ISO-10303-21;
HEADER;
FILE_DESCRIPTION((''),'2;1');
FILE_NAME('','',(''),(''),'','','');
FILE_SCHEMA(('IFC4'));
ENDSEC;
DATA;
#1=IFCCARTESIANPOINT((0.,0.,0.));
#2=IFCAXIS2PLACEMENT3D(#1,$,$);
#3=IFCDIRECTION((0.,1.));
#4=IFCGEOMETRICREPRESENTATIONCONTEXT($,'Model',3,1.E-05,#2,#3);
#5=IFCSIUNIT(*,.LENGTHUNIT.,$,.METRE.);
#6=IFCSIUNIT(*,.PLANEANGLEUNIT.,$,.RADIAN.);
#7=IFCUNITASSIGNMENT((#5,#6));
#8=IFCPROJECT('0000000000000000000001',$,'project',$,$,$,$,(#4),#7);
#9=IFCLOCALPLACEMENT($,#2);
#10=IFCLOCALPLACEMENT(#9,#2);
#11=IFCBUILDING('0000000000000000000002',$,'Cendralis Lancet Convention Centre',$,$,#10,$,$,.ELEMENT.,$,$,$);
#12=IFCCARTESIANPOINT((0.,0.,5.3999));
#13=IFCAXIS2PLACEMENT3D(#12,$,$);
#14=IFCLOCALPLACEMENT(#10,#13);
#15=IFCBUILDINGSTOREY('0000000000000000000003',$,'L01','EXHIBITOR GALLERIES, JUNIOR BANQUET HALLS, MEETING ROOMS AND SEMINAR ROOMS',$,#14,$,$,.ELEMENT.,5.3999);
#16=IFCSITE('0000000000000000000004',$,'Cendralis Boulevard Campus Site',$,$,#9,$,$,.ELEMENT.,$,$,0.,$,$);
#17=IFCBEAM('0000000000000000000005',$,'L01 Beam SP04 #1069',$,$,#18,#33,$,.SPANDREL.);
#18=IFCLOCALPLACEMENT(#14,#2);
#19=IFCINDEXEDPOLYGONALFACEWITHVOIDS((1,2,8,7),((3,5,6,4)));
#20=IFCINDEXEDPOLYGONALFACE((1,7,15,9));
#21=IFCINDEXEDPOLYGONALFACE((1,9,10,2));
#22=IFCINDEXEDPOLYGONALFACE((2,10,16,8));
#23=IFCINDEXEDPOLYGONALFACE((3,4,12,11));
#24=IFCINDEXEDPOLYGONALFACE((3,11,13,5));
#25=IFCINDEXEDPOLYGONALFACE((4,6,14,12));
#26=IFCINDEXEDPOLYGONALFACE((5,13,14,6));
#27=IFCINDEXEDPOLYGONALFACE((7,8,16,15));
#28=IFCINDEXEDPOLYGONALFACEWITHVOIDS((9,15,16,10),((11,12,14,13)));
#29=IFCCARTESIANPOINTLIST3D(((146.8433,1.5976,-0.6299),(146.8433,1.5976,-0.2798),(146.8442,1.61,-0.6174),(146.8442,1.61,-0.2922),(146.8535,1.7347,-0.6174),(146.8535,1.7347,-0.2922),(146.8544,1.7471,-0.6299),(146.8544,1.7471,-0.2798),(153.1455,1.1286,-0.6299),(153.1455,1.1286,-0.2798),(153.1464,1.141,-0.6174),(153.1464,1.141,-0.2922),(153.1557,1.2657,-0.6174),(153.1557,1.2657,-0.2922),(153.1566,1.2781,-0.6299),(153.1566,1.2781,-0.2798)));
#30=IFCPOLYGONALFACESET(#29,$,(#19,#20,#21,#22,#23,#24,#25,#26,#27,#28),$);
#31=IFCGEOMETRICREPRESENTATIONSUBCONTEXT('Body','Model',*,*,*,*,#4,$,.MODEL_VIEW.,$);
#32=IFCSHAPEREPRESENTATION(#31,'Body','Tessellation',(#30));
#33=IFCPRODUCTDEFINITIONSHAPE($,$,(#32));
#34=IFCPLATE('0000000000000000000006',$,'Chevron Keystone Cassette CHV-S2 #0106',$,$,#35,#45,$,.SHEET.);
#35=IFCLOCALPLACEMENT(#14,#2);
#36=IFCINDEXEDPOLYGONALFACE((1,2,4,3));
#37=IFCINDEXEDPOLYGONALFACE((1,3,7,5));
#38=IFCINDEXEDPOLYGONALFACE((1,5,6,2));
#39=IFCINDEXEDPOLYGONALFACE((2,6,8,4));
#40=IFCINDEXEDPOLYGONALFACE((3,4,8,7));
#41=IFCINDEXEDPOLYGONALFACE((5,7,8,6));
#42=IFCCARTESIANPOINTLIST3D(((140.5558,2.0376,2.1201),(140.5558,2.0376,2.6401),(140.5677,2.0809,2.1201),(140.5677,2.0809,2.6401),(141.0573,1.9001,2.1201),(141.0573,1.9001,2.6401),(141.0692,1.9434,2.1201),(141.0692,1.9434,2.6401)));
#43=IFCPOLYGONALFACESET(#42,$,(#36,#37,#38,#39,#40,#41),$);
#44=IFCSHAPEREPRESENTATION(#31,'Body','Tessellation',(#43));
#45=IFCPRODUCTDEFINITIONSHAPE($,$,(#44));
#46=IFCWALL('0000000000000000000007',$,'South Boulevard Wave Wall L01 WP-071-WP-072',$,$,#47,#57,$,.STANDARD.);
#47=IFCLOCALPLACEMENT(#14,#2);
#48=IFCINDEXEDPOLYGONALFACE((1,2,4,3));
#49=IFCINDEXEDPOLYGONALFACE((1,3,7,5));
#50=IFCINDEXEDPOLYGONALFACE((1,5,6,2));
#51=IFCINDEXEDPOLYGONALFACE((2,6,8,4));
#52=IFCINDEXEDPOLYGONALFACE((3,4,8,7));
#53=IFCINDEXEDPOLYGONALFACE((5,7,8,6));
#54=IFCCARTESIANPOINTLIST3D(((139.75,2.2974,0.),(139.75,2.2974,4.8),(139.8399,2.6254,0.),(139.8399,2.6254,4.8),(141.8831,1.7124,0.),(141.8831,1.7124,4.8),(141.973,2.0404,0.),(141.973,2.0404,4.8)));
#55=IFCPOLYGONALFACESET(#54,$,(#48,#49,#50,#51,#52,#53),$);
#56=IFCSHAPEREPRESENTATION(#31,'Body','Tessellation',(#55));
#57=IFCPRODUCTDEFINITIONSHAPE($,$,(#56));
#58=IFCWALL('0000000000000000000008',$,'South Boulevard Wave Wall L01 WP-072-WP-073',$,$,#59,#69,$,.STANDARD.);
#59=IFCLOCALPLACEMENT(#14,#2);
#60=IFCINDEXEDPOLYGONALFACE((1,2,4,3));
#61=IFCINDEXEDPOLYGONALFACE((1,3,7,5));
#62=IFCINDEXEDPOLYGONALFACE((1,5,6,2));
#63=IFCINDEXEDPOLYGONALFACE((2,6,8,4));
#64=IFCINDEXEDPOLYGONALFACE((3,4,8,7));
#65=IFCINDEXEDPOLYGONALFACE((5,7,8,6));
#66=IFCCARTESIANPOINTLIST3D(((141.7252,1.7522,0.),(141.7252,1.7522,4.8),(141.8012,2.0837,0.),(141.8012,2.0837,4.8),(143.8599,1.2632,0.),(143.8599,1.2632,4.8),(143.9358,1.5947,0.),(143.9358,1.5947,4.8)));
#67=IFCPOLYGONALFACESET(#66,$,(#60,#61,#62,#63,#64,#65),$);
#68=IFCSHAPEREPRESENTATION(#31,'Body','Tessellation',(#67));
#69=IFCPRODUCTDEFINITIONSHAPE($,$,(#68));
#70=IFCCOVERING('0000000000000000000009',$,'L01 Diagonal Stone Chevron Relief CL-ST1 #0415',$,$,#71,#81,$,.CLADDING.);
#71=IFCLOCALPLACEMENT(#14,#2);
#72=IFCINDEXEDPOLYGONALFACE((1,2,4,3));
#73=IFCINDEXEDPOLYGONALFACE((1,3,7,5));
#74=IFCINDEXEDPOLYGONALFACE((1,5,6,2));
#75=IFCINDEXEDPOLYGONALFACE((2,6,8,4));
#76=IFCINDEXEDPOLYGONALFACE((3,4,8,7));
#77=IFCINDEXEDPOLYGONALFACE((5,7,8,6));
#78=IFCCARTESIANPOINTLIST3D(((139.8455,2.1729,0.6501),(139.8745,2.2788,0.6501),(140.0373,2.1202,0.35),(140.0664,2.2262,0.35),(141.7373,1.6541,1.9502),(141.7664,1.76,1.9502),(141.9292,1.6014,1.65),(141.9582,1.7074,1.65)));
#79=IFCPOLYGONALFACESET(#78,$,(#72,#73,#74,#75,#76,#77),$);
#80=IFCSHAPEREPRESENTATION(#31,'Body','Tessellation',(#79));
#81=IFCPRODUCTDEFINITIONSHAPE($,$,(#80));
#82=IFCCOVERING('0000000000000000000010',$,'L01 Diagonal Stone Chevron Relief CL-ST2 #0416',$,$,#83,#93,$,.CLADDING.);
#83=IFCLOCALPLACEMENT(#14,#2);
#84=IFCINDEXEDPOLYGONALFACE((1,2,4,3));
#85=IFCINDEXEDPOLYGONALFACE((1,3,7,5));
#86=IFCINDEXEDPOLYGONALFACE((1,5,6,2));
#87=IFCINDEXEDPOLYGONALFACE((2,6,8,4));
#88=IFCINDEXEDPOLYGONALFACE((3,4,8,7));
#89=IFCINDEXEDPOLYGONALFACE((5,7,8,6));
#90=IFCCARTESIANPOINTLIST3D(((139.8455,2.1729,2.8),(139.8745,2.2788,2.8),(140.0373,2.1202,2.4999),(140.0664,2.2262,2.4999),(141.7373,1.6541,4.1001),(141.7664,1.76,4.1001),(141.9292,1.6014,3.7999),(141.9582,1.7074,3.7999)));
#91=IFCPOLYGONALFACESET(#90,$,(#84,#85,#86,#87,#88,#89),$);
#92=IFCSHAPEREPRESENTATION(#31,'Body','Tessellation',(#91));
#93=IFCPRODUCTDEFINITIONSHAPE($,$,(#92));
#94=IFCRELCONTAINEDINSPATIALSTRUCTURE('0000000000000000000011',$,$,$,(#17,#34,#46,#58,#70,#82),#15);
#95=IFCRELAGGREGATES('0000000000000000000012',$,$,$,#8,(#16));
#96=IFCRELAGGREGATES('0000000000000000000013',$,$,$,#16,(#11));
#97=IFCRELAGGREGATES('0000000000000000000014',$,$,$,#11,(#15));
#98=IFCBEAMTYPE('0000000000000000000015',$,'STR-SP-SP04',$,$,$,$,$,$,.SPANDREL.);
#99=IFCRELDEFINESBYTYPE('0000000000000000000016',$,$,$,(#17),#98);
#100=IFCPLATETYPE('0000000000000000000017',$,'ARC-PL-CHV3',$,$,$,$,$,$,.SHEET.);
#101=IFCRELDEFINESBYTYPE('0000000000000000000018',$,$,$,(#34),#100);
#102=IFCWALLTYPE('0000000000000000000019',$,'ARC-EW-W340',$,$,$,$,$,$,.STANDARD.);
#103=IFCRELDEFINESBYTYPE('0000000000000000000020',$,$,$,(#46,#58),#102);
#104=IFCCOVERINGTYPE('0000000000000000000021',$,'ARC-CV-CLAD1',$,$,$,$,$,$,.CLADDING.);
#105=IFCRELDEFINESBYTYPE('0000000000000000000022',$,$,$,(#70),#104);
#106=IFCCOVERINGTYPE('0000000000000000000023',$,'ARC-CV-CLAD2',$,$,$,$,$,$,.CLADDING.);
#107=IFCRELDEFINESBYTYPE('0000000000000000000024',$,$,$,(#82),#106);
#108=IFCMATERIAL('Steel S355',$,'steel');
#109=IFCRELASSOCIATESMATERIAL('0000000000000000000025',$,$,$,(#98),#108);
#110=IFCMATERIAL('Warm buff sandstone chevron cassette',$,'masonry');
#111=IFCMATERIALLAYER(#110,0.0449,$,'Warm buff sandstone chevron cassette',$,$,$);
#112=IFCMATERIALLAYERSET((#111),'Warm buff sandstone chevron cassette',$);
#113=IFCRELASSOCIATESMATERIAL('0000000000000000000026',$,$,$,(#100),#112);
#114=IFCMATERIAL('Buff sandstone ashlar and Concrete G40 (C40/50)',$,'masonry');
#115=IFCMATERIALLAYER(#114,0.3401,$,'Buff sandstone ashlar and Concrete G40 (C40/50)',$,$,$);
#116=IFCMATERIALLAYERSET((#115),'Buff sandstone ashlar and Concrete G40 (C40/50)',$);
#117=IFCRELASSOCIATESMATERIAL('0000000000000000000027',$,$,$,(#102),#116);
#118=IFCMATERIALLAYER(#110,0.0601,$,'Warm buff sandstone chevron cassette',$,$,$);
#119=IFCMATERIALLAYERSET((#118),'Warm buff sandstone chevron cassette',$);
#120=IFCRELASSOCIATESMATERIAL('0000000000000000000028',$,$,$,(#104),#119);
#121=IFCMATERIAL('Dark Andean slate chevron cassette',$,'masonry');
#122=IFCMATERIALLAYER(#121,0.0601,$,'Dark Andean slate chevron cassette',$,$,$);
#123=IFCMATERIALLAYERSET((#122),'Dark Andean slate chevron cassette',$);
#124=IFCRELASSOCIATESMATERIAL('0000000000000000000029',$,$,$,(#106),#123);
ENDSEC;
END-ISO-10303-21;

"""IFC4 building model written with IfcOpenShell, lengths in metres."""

from ifc_helpers import new_model, si_unit, direction, frame, frame_2d, origin, origin_2d, place, context, subcontext, project, spatial, polyline, rectangle, hollow_rectangle, outline, extrude, material, layer, layer_set, material_profile, profile_set, type_object, element, save


model = new_model("IFC4")

# Units and contexts
model_context = context("Model", 3, precision=1e-05, world=origin(), true_north=direction((0.0, 1.0)))
body_context = subcontext(model_context, "Body", "Model", "MODEL_VIEW")
ifc_project = project(units=[si_unit("LENGTHUNIT", "METRE"), si_unit("PLANEANGLEUNIT", "RADIAN")], contexts=[model_context])

# Site, building, storey
site_placement = place(None, origin())
site = spatial("IfcSite", under=ifc_project, at=site_placement, Name="Cendralis Boulevard Campus Site", CompositionType="ELEMENT", RefElevation=0.0)
building_placement = place(site_placement, origin())
building = spatial("IfcBuilding", under=site, at=building_placement, Name="Cendralis Lancet Convention Centre", CompositionType="ELEMENT")
storey_placement = place(building_placement, frame((0.0, 0.0, 5.3999)))
storey = spatial("IfcBuildingStorey", under=building, at=storey_placement, Name="L01", Description="EXHIBITOR GALLERIES, JUNIOR BANQUET HALLS, MEETING ROOMS AND SEMINAR ROOMS", CompositionType="ELEMENT", Elevation=5.3999)

# Beam
ifc_material_1 = material(Name="Steel S355", Category="steel")
ifc_material_profile_1 = material_profile(ifc_material_1, hollow_rectangle(XDim=0.1499, YDim=0.3501, WallThickness=0.0125, at=origin_2d()), Name="RHS 350x150x12.5")
ifc_profile_set_1 = profile_set([ifc_material_profile_1], Name="Steel S355")
beam_type_1 = type_object("IfcBeamType", Name="STR-SP-SP04", PredefinedType="SPANDREL", material=ifc_profile_set_1)
beam_1_placement = place(storey_placement, frame((146.8489, 1.6724, -0.4548), z_axis=(0.997243, -0.074212, 0.0), x_axis=(0.074212, 0.997243, 0.0)))
element("IfcBeam", 1, at=beam_1_placement, inside=storey, type_object=beam_type_1, Name="L01 Beam SP04 #1069", PredefinedType="SPANDREL", context=body_context, shape_type="SweptSolid", body=[
    extrude(hollow_rectangle(XDim=0.1499, YDim=0.3501, WallThickness=0.0125, at=origin_2d()), origin(), (0.0, 0.0, 1.0), 6.3196),
])

# Plate
ifc_material_2 = material(Name="Warm buff sandstone chevron cassette", Category="masonry")
ifc_layer_1 = layer(ifc_material_2, 0.0449, Name="Warm buff sandstone chevron cassette")
ifc_layer_set_1 = layer_set([ifc_layer_1], Name="Warm buff sandstone chevron cassette")
plate_type = type_object("IfcPlateType", Name="ARC-PL-CHV3", PredefinedType="SHEET", material=ifc_layer_set_1)
plate_placement = place(storey_placement, frame((140.8125, 1.9905, 2.1201), z_axis=(0.0, 0.0, 1.0), x_axis=(0.964391, -0.264479, 0.0)))
element("IfcPlate", 2, at=plate_placement, inside=storey, type_object=plate_type, Name="Chevron Keystone Cassette CHV-S2 #0106", PredefinedType="SHEET", context=body_context, shape_type="SweptSolid", body=[
    extrude(rectangle(XDim=0.52, YDim=0.0449, at=origin_2d()), origin(), (0.0, 0.0, 1.0), 0.52),
])

# Walls
ifc_material_3 = material(Name="Buff sandstone ashlar and Concrete G40 (C40/50)", Category="masonry")
ifc_layer_2 = layer(ifc_material_3, 0.3401, Name="Buff sandstone ashlar and Concrete G40 (C40/50)")
ifc_layer_set_2 = layer_set([ifc_layer_2], Name="Buff sandstone ashlar and Concrete G40 (C40/50)")
wall_type = type_object("IfcWallType", Name="ARC-EW-W340", PredefinedType="STANDARD", material=ifc_layer_set_2)
wall_1_placement = place(storey_placement, frame((139.7949, 2.4614, 0.0), z_axis=(0.0, 0.0, 1.0), x_axis=(0.964394, -0.264471, 0.0)))
element("IfcWall", 3, at=wall_1_placement, inside=storey, type_object=wall_type, Name="South Boulevard Wave Wall L01 WP-071-WP-072", PredefinedType="STANDARD", context=body_context, shape_type="SweptSolid", body=[
    extrude(rectangle(XDim=2.2119, YDim=0.3401, at=frame_2d((1.106, 0.0))), origin(), (0.0, 0.0, 1.0), 4.8),
])
wall_2_placement = place(storey_placement, frame((141.7632, 1.918, 0.0), z_axis=(0.0, 0.0, 1.0), x_axis=(0.974753, -0.223288, 0.0)))
element("IfcWall", 4, at=wall_2_placement, inside=storey, type_object=wall_type, Name="South Boulevard Wave Wall L01 WP-072-WP-073", PredefinedType="STANDARD", context=body_context, shape_type="SweptSolid", body=[
    extrude(rectangle(XDim=2.1899, YDim=0.3401, at=frame_2d((1.095, 0.0))), origin(), (0.0, 0.0, 1.0), 4.8),
])

# Coverings
ifc_layer_3 = layer(ifc_material_2, 0.0601, Name="Warm buff sandstone chevron cassette")
ifc_layer_set_3 = layer_set([ifc_layer_3], Name="Warm buff sandstone chevron cassette")
covering_type_1 = type_object("IfcCoveringType", Name="ARC-CV-CLAD1", PredefinedType="CLADDING", material=ifc_layer_set_3)
covering_1_placement = place(storey_placement, frame((139.8455, 2.1729, 0.6501), z_axis=(-0.532756, 0.146078, 0.833566), x_axis=(0.803887, -0.220449, 0.55242)))
element("IfcCovering", 5, at=covering_1_placement, inside=storey, type_object=covering_type_1, Name="L01 Diagonal Stone Chevron Relief CL-ST1 #0415", PredefinedType="CLADDING", context=body_context, shape_type="SweptSolid", body=[
    extrude(outline(polyline([(0.0, 0.0), (2.3534, 0.0), (2.3534, 0.1099), (0.0, 0.1099), (0.0, 0.0)])), origin(), (0.0, 0.0, -1.0), 0.3601),
])
ifc_material_4 = material(Name="Dark Andean slate chevron cassette", Category="masonry")
ifc_layer_4 = layer(ifc_material_4, 0.0601, Name="Dark Andean slate chevron cassette")
ifc_layer_set_4 = layer_set([ifc_layer_4], Name="Dark Andean slate chevron cassette")
covering_type_2 = type_object("IfcCoveringType", Name="ARC-CV-CLAD2", PredefinedType="CLADDING", material=ifc_layer_set_4)
covering_2_placement = place(storey_placement, frame((139.8455, 2.1729, 2.8), z_axis=(-0.532756, 0.146078, 0.833566), x_axis=(0.803887, -0.220449, 0.55242)))
element("IfcCovering", 6, at=covering_2_placement, inside=storey, type_object=covering_type_2, Name="L01 Diagonal Stone Chevron Relief CL-ST2 #0416", PredefinedType="CLADDING", context=body_context, shape_type="SweptSolid", body=[
    extrude(outline(polyline([(0.0, 0.0), (2.3534, 0.0), (2.3534, 0.1099), (0.0, 0.1099), (0.0, 0.0)])), origin(), (0.0, 0.0, -1.0), 0.3601),
])

save(model, "model.ifc")
